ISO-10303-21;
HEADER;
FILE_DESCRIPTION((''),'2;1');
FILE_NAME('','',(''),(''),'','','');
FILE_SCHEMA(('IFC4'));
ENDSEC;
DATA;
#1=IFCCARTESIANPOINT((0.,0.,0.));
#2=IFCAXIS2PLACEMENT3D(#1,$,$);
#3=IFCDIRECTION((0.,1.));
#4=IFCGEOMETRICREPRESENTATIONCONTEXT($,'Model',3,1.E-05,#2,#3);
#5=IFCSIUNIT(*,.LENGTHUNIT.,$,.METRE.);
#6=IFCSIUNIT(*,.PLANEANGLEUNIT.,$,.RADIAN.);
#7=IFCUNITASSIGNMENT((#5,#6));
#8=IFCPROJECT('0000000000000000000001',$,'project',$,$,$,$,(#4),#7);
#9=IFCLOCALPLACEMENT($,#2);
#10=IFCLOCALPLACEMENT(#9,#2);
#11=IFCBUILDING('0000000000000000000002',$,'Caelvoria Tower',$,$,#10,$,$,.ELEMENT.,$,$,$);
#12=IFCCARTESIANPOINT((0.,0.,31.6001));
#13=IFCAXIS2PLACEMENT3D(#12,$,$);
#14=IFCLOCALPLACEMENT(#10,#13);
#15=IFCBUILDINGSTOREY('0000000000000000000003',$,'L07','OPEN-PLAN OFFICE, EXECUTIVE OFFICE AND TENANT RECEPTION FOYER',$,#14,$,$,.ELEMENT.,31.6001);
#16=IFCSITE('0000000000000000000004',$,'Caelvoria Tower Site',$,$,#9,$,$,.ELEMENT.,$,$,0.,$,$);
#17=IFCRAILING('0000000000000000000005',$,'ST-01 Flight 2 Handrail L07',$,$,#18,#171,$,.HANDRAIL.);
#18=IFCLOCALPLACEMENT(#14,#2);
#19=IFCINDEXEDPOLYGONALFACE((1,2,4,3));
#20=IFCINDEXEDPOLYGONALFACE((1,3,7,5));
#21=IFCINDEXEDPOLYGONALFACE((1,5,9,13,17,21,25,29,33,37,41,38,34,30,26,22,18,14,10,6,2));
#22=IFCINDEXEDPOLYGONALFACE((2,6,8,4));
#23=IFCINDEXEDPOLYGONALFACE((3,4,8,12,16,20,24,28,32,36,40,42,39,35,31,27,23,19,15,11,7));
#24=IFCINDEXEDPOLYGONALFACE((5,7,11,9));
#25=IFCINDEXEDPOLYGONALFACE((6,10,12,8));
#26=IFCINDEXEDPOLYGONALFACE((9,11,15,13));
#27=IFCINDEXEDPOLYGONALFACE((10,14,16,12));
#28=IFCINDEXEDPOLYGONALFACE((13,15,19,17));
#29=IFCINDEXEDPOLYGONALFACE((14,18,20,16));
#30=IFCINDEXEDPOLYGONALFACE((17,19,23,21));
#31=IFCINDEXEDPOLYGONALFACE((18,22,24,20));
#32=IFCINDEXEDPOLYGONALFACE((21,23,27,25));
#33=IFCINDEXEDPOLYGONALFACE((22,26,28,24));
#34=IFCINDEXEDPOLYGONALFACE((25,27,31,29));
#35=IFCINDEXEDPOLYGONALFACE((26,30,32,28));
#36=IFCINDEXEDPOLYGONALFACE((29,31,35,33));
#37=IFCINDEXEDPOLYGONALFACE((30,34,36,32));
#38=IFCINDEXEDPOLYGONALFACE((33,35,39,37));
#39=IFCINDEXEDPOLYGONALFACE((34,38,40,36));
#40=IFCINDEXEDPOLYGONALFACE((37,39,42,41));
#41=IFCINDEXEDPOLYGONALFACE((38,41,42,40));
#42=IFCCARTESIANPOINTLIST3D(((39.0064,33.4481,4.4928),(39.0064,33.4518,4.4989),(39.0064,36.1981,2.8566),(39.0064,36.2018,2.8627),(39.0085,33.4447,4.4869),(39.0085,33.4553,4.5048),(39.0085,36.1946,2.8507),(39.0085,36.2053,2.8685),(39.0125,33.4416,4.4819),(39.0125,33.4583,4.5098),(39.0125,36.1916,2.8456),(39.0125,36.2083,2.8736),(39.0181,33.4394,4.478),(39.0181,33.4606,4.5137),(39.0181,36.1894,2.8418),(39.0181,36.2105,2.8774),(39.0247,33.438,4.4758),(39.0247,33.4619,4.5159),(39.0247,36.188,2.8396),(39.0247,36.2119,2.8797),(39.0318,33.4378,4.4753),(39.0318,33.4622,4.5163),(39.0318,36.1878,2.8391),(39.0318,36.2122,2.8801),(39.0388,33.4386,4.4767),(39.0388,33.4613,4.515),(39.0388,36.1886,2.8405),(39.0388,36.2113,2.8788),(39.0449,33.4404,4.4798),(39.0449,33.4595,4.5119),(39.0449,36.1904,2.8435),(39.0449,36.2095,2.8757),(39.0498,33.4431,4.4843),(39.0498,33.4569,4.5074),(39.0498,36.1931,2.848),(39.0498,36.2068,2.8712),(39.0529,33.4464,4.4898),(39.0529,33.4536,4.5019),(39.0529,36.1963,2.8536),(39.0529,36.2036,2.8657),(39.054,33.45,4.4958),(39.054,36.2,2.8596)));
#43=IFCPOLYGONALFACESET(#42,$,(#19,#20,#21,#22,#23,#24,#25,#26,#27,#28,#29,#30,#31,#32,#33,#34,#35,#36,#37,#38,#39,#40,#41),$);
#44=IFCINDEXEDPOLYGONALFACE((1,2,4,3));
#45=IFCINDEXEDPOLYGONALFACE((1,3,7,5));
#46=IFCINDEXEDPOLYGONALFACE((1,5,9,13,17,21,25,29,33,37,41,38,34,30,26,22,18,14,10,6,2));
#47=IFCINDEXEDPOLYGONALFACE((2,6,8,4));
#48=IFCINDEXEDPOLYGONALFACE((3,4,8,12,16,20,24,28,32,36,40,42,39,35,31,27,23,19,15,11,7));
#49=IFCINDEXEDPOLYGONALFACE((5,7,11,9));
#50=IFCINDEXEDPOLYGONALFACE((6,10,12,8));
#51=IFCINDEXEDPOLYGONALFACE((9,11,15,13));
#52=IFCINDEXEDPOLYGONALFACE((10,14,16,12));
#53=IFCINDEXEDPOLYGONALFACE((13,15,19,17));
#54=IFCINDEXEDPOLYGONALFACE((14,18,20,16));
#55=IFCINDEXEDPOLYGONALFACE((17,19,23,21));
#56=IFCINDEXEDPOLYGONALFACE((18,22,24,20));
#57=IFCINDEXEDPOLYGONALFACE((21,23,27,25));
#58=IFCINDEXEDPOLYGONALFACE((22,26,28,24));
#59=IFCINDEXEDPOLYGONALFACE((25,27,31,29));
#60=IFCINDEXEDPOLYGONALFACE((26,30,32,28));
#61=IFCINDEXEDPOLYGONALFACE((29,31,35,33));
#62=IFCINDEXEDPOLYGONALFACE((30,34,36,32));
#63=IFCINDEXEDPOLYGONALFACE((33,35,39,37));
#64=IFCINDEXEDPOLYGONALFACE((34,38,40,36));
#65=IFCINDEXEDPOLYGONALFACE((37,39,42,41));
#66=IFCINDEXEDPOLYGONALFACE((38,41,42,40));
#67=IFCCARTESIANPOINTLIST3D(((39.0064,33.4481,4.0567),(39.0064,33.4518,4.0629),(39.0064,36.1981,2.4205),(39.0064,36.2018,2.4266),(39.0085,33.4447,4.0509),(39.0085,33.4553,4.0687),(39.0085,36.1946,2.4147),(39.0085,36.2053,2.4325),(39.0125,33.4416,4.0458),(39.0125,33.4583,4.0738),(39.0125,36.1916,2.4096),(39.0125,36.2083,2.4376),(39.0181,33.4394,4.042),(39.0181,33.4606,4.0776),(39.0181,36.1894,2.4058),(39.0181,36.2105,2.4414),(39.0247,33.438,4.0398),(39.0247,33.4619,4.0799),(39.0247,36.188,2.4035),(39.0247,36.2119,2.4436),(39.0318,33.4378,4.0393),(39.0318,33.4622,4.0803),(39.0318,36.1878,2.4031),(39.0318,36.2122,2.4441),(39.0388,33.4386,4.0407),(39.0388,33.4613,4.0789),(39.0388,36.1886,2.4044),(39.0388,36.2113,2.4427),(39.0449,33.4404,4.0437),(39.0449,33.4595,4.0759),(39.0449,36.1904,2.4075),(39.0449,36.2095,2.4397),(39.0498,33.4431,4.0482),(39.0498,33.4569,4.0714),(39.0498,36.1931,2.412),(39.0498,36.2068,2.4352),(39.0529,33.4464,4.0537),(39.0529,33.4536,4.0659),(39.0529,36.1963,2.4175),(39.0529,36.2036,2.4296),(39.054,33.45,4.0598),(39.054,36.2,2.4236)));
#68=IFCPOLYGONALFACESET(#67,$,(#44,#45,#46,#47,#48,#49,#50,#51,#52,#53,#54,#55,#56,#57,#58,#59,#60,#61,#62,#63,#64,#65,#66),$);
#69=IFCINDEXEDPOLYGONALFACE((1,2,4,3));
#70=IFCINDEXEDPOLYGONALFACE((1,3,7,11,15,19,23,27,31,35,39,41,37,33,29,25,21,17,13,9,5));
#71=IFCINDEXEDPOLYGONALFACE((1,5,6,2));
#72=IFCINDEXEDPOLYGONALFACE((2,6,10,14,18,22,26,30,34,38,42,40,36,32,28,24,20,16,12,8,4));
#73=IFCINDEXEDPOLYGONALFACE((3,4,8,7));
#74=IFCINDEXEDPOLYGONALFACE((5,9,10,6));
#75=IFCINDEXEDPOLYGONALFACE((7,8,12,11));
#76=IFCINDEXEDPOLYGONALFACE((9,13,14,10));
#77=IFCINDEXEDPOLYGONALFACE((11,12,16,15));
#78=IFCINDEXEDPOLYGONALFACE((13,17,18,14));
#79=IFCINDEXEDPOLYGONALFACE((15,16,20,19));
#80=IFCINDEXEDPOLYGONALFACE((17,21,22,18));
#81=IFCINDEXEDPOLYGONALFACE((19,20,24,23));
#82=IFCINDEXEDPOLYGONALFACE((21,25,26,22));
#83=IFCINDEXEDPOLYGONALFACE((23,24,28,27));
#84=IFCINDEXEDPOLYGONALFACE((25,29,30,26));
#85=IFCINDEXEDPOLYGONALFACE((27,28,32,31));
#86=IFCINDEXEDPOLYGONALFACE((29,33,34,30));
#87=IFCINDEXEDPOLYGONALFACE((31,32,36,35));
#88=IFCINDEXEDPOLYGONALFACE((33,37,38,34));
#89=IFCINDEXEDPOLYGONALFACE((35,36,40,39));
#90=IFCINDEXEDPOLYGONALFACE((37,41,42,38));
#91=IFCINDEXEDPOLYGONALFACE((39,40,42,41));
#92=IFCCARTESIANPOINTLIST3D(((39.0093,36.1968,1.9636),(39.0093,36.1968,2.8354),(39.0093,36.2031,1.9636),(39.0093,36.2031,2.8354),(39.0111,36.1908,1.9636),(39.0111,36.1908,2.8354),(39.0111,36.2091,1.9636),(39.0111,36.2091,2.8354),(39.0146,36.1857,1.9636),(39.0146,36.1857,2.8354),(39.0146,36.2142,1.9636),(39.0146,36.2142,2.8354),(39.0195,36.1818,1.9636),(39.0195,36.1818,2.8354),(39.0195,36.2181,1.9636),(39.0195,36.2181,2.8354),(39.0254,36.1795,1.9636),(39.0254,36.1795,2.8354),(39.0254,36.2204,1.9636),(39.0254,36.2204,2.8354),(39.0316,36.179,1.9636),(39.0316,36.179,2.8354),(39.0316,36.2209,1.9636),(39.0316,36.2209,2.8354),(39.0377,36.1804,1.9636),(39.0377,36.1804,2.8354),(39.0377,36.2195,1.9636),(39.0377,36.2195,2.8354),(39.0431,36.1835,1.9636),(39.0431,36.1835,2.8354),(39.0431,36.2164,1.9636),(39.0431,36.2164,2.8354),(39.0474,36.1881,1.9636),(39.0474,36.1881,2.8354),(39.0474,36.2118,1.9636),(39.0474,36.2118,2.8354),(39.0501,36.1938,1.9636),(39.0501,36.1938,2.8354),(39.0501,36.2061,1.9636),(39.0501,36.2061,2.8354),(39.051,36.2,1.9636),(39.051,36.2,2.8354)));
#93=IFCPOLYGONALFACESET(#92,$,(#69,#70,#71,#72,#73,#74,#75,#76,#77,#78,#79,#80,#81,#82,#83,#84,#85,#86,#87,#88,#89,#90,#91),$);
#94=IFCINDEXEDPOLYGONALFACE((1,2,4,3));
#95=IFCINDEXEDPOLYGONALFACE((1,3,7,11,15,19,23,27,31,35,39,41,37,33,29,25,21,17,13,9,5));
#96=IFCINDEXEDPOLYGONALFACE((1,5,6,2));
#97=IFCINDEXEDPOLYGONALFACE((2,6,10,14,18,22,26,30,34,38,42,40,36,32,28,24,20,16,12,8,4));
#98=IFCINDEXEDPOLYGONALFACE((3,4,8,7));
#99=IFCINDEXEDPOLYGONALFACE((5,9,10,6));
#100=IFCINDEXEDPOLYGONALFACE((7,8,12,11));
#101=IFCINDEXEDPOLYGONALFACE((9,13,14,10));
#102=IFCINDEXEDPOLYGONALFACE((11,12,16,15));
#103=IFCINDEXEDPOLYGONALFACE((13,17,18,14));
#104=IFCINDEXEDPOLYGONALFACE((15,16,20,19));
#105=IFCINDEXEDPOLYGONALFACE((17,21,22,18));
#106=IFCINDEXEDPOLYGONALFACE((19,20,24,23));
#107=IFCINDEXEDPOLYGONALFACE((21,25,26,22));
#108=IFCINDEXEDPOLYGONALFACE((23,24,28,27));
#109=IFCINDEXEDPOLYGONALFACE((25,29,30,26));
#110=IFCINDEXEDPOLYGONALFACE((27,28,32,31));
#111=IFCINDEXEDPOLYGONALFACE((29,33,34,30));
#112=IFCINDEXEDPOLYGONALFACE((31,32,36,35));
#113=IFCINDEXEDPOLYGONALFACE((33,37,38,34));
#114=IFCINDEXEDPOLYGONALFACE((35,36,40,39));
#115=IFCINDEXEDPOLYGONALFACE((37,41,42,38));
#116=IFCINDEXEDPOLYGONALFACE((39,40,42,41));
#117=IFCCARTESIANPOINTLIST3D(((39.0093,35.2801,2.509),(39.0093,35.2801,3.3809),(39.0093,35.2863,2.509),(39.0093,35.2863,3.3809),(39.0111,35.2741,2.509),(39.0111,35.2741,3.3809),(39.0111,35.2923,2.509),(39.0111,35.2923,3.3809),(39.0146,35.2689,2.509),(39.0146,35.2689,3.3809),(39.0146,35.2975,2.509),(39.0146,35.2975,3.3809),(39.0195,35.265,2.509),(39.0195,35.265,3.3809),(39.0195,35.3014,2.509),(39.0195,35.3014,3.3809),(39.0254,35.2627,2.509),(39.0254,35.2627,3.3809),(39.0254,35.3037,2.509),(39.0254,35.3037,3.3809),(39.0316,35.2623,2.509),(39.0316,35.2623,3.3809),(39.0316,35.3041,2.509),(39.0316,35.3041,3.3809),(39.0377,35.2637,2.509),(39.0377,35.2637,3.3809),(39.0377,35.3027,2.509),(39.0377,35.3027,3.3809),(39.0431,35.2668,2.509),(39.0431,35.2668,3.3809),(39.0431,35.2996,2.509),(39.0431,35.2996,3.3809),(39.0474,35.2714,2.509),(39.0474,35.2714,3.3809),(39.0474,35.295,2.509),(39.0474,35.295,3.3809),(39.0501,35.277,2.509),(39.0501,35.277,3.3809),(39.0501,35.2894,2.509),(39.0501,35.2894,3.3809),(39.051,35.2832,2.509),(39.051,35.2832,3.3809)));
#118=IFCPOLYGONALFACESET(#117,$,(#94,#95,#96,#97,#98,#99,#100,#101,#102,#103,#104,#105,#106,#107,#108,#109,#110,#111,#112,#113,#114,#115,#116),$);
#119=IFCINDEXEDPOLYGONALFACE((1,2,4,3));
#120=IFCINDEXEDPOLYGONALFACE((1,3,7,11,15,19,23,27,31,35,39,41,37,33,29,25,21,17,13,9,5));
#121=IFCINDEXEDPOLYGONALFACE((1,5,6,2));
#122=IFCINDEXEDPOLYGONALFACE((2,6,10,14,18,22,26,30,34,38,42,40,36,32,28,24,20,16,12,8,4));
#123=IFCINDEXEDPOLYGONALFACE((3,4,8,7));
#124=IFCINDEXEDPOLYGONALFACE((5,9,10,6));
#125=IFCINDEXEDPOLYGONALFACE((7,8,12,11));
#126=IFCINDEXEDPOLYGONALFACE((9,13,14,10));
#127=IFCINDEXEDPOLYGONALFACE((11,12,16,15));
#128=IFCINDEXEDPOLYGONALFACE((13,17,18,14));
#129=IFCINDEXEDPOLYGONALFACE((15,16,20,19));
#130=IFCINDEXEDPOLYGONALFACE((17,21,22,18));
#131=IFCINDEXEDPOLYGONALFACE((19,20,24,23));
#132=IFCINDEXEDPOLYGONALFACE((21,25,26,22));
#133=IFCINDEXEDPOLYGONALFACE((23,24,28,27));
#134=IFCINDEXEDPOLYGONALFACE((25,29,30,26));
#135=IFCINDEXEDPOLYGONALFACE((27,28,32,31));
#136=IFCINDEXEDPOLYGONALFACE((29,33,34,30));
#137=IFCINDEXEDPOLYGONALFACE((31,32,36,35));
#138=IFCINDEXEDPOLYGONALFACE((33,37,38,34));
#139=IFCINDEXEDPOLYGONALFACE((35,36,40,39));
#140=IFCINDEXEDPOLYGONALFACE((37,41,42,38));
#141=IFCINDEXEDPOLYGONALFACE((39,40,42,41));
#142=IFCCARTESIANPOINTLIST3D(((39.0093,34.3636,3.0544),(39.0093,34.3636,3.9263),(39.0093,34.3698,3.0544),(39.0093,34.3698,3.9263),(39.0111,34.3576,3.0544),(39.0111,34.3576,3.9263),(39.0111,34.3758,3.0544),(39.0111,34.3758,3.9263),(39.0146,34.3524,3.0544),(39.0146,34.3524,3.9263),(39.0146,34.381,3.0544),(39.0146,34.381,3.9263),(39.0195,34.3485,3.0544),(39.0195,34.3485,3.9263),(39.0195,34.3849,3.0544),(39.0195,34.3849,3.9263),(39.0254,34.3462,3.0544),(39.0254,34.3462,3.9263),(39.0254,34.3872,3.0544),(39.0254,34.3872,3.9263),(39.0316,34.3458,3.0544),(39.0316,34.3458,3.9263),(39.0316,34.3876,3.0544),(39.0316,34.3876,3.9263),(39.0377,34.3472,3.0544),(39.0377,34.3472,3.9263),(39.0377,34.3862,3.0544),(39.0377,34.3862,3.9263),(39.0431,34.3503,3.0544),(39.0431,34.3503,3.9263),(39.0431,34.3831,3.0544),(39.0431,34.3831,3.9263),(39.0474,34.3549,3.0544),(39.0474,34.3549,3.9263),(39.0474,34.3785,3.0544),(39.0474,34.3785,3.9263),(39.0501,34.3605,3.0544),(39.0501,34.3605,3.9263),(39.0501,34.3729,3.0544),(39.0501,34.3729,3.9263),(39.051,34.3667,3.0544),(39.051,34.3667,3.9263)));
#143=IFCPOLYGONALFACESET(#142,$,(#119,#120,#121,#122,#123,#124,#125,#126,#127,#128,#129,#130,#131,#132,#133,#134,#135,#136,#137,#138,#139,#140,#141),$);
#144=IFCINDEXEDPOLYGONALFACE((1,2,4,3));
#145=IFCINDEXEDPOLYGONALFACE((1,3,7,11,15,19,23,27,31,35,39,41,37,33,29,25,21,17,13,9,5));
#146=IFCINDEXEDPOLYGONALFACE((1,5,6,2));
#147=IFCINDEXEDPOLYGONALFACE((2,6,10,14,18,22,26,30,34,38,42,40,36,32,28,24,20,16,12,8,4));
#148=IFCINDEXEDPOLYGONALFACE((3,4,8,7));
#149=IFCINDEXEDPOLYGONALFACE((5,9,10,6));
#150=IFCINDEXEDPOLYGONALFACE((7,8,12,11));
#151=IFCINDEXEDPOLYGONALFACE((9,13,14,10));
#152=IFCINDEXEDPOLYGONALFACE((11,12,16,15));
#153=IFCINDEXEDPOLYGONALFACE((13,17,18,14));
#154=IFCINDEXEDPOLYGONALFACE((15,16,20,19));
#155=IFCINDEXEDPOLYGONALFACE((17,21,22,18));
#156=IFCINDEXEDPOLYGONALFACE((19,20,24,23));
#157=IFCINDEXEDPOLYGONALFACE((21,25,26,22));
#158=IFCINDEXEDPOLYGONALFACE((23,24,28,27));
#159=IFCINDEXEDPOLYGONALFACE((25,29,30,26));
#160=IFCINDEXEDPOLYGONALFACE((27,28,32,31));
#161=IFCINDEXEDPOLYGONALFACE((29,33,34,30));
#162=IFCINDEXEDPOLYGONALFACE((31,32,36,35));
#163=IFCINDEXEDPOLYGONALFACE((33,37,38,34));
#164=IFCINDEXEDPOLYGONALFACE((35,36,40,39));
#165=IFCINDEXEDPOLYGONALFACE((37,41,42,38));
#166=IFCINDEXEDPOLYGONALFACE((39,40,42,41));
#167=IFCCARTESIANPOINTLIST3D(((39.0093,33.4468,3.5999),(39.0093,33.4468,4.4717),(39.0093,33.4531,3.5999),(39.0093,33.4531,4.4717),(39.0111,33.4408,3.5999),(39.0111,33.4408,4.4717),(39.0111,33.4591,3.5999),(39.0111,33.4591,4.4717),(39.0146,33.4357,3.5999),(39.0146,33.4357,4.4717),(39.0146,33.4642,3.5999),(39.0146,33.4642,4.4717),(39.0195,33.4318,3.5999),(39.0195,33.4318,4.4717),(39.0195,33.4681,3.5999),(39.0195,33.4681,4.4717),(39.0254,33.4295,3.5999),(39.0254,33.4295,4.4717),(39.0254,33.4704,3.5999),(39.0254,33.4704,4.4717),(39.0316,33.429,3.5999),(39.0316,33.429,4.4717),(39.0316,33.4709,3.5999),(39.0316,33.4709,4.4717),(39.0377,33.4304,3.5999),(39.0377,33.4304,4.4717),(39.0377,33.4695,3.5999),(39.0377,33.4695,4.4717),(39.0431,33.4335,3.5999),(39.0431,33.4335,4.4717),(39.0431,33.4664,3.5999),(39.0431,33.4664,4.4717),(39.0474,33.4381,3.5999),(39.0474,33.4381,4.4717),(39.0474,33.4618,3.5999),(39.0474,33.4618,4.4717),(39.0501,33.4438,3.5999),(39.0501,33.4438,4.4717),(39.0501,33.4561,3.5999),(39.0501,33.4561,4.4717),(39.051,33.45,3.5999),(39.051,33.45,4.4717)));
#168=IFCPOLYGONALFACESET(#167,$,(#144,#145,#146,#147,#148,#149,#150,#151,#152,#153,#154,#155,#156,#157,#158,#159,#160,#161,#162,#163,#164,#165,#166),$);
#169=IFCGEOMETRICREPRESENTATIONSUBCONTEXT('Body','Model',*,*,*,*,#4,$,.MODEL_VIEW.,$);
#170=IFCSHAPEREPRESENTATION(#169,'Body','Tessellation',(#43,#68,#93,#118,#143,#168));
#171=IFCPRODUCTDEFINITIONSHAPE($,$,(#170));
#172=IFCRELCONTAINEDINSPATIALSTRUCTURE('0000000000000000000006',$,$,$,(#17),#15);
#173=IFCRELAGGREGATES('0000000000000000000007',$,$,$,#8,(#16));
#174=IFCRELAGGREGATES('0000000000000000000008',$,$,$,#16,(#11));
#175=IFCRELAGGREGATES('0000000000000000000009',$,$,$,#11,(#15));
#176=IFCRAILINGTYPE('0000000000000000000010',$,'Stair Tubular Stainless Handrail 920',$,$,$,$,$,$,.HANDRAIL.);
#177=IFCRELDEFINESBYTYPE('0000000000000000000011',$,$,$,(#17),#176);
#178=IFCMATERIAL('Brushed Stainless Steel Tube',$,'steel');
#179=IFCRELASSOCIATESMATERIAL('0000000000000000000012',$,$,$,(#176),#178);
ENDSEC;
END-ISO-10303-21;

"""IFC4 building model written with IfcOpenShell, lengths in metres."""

from ifc_helpers import new_model, si_unit, direction, frame, origin, origin_2d, place, context, subcontext, project, spatial, circle, extrude, material, type_object, element, save


model = new_model("IFC4")

# Units and contexts
model_context = context("Model", 3, precision=1e-05, world=origin(), true_north=direction((0.0, 1.0)))
body_context = subcontext(model_context, "Body", "Model", "MODEL_VIEW")
ifc_project = project(units=[si_unit("LENGTHUNIT", "METRE"), si_unit("PLANEANGLEUNIT", "RADIAN")], contexts=[model_context])

# Site, building, storey
site_placement = place(None, origin())
site = spatial("IfcSite", under=ifc_project, at=site_placement, Name="Caelvoria Tower Site", CompositionType="ELEMENT", RefElevation=0.0)
building_placement = place(site_placement, origin())
building = spatial("IfcBuilding", under=site, at=building_placement, Name="Caelvoria Tower", CompositionType="ELEMENT")
storey_placement = place(building_placement, frame((0.0, 0.0, 31.6001)))
storey = spatial("IfcBuildingStorey", under=building, at=storey_placement, Name="L07", Description="OPEN-PLAN OFFICE, EXECUTIVE OFFICE AND TENANT RECEPTION FOYER", CompositionType="ELEMENT", Elevation=31.6001)

# Railing
ifc_material_1 = material(Name="Brushed Stainless Steel Tube", Category="steel")
railing_type_1 = type_object("IfcRailingType", Name="Stair Tubular Stainless Handrail 920", PredefinedType="HANDRAIL", material=ifc_material_1)
railing_1_placement = place(storey_placement, frame((39.03, 36.2, 1.9636)))
element("IfcRailing", 1, at=railing_1_placement, inside=storey, type_object=railing_type_1, Name="ST-01 Flight 2 Handrail L07", PredefinedType="HANDRAIL", context=body_context, shape_type="SweptSolid", body=[
    extrude(circle(Radius=0.0239, at=origin_2d()), frame((0.0, 0.0, 0.896), z_axis=(0.0, -0.859385, 0.511328), x_axis=(1.0, 0.0, 0.0)), (0.0, 0.0, 1.0), 3.2),
    extrude(circle(Radius=0.0239, at=origin_2d()), frame((0.0, 0.0, 0.46), z_axis=(0.0, -0.859385, 0.511328), x_axis=(1.0, 0.0, 0.0)), (0.0, 0.0, 1.0), 3.2),
    extrude(circle(Radius=0.021, at=origin_2d()), origin(), (0.0, 0.0, 1.0), 0.8718),
    extrude(circle(Radius=0.021, at=origin_2d()), frame((0.0, -0.9167, 0.5454)), (0.0, 0.0, 1.0), 0.8718),
    extrude(circle(Radius=0.021, at=origin_2d()), frame((0.0, -1.8333, 1.0908)), (0.0, 0.0, 1.0), 0.8718),
    extrude(circle(Radius=0.021, at=origin_2d()), frame((0.0, -2.75, 1.6362)), (0.0, 0.0, 1.0), 0.8718),
])

save(model, "model.ifc")
